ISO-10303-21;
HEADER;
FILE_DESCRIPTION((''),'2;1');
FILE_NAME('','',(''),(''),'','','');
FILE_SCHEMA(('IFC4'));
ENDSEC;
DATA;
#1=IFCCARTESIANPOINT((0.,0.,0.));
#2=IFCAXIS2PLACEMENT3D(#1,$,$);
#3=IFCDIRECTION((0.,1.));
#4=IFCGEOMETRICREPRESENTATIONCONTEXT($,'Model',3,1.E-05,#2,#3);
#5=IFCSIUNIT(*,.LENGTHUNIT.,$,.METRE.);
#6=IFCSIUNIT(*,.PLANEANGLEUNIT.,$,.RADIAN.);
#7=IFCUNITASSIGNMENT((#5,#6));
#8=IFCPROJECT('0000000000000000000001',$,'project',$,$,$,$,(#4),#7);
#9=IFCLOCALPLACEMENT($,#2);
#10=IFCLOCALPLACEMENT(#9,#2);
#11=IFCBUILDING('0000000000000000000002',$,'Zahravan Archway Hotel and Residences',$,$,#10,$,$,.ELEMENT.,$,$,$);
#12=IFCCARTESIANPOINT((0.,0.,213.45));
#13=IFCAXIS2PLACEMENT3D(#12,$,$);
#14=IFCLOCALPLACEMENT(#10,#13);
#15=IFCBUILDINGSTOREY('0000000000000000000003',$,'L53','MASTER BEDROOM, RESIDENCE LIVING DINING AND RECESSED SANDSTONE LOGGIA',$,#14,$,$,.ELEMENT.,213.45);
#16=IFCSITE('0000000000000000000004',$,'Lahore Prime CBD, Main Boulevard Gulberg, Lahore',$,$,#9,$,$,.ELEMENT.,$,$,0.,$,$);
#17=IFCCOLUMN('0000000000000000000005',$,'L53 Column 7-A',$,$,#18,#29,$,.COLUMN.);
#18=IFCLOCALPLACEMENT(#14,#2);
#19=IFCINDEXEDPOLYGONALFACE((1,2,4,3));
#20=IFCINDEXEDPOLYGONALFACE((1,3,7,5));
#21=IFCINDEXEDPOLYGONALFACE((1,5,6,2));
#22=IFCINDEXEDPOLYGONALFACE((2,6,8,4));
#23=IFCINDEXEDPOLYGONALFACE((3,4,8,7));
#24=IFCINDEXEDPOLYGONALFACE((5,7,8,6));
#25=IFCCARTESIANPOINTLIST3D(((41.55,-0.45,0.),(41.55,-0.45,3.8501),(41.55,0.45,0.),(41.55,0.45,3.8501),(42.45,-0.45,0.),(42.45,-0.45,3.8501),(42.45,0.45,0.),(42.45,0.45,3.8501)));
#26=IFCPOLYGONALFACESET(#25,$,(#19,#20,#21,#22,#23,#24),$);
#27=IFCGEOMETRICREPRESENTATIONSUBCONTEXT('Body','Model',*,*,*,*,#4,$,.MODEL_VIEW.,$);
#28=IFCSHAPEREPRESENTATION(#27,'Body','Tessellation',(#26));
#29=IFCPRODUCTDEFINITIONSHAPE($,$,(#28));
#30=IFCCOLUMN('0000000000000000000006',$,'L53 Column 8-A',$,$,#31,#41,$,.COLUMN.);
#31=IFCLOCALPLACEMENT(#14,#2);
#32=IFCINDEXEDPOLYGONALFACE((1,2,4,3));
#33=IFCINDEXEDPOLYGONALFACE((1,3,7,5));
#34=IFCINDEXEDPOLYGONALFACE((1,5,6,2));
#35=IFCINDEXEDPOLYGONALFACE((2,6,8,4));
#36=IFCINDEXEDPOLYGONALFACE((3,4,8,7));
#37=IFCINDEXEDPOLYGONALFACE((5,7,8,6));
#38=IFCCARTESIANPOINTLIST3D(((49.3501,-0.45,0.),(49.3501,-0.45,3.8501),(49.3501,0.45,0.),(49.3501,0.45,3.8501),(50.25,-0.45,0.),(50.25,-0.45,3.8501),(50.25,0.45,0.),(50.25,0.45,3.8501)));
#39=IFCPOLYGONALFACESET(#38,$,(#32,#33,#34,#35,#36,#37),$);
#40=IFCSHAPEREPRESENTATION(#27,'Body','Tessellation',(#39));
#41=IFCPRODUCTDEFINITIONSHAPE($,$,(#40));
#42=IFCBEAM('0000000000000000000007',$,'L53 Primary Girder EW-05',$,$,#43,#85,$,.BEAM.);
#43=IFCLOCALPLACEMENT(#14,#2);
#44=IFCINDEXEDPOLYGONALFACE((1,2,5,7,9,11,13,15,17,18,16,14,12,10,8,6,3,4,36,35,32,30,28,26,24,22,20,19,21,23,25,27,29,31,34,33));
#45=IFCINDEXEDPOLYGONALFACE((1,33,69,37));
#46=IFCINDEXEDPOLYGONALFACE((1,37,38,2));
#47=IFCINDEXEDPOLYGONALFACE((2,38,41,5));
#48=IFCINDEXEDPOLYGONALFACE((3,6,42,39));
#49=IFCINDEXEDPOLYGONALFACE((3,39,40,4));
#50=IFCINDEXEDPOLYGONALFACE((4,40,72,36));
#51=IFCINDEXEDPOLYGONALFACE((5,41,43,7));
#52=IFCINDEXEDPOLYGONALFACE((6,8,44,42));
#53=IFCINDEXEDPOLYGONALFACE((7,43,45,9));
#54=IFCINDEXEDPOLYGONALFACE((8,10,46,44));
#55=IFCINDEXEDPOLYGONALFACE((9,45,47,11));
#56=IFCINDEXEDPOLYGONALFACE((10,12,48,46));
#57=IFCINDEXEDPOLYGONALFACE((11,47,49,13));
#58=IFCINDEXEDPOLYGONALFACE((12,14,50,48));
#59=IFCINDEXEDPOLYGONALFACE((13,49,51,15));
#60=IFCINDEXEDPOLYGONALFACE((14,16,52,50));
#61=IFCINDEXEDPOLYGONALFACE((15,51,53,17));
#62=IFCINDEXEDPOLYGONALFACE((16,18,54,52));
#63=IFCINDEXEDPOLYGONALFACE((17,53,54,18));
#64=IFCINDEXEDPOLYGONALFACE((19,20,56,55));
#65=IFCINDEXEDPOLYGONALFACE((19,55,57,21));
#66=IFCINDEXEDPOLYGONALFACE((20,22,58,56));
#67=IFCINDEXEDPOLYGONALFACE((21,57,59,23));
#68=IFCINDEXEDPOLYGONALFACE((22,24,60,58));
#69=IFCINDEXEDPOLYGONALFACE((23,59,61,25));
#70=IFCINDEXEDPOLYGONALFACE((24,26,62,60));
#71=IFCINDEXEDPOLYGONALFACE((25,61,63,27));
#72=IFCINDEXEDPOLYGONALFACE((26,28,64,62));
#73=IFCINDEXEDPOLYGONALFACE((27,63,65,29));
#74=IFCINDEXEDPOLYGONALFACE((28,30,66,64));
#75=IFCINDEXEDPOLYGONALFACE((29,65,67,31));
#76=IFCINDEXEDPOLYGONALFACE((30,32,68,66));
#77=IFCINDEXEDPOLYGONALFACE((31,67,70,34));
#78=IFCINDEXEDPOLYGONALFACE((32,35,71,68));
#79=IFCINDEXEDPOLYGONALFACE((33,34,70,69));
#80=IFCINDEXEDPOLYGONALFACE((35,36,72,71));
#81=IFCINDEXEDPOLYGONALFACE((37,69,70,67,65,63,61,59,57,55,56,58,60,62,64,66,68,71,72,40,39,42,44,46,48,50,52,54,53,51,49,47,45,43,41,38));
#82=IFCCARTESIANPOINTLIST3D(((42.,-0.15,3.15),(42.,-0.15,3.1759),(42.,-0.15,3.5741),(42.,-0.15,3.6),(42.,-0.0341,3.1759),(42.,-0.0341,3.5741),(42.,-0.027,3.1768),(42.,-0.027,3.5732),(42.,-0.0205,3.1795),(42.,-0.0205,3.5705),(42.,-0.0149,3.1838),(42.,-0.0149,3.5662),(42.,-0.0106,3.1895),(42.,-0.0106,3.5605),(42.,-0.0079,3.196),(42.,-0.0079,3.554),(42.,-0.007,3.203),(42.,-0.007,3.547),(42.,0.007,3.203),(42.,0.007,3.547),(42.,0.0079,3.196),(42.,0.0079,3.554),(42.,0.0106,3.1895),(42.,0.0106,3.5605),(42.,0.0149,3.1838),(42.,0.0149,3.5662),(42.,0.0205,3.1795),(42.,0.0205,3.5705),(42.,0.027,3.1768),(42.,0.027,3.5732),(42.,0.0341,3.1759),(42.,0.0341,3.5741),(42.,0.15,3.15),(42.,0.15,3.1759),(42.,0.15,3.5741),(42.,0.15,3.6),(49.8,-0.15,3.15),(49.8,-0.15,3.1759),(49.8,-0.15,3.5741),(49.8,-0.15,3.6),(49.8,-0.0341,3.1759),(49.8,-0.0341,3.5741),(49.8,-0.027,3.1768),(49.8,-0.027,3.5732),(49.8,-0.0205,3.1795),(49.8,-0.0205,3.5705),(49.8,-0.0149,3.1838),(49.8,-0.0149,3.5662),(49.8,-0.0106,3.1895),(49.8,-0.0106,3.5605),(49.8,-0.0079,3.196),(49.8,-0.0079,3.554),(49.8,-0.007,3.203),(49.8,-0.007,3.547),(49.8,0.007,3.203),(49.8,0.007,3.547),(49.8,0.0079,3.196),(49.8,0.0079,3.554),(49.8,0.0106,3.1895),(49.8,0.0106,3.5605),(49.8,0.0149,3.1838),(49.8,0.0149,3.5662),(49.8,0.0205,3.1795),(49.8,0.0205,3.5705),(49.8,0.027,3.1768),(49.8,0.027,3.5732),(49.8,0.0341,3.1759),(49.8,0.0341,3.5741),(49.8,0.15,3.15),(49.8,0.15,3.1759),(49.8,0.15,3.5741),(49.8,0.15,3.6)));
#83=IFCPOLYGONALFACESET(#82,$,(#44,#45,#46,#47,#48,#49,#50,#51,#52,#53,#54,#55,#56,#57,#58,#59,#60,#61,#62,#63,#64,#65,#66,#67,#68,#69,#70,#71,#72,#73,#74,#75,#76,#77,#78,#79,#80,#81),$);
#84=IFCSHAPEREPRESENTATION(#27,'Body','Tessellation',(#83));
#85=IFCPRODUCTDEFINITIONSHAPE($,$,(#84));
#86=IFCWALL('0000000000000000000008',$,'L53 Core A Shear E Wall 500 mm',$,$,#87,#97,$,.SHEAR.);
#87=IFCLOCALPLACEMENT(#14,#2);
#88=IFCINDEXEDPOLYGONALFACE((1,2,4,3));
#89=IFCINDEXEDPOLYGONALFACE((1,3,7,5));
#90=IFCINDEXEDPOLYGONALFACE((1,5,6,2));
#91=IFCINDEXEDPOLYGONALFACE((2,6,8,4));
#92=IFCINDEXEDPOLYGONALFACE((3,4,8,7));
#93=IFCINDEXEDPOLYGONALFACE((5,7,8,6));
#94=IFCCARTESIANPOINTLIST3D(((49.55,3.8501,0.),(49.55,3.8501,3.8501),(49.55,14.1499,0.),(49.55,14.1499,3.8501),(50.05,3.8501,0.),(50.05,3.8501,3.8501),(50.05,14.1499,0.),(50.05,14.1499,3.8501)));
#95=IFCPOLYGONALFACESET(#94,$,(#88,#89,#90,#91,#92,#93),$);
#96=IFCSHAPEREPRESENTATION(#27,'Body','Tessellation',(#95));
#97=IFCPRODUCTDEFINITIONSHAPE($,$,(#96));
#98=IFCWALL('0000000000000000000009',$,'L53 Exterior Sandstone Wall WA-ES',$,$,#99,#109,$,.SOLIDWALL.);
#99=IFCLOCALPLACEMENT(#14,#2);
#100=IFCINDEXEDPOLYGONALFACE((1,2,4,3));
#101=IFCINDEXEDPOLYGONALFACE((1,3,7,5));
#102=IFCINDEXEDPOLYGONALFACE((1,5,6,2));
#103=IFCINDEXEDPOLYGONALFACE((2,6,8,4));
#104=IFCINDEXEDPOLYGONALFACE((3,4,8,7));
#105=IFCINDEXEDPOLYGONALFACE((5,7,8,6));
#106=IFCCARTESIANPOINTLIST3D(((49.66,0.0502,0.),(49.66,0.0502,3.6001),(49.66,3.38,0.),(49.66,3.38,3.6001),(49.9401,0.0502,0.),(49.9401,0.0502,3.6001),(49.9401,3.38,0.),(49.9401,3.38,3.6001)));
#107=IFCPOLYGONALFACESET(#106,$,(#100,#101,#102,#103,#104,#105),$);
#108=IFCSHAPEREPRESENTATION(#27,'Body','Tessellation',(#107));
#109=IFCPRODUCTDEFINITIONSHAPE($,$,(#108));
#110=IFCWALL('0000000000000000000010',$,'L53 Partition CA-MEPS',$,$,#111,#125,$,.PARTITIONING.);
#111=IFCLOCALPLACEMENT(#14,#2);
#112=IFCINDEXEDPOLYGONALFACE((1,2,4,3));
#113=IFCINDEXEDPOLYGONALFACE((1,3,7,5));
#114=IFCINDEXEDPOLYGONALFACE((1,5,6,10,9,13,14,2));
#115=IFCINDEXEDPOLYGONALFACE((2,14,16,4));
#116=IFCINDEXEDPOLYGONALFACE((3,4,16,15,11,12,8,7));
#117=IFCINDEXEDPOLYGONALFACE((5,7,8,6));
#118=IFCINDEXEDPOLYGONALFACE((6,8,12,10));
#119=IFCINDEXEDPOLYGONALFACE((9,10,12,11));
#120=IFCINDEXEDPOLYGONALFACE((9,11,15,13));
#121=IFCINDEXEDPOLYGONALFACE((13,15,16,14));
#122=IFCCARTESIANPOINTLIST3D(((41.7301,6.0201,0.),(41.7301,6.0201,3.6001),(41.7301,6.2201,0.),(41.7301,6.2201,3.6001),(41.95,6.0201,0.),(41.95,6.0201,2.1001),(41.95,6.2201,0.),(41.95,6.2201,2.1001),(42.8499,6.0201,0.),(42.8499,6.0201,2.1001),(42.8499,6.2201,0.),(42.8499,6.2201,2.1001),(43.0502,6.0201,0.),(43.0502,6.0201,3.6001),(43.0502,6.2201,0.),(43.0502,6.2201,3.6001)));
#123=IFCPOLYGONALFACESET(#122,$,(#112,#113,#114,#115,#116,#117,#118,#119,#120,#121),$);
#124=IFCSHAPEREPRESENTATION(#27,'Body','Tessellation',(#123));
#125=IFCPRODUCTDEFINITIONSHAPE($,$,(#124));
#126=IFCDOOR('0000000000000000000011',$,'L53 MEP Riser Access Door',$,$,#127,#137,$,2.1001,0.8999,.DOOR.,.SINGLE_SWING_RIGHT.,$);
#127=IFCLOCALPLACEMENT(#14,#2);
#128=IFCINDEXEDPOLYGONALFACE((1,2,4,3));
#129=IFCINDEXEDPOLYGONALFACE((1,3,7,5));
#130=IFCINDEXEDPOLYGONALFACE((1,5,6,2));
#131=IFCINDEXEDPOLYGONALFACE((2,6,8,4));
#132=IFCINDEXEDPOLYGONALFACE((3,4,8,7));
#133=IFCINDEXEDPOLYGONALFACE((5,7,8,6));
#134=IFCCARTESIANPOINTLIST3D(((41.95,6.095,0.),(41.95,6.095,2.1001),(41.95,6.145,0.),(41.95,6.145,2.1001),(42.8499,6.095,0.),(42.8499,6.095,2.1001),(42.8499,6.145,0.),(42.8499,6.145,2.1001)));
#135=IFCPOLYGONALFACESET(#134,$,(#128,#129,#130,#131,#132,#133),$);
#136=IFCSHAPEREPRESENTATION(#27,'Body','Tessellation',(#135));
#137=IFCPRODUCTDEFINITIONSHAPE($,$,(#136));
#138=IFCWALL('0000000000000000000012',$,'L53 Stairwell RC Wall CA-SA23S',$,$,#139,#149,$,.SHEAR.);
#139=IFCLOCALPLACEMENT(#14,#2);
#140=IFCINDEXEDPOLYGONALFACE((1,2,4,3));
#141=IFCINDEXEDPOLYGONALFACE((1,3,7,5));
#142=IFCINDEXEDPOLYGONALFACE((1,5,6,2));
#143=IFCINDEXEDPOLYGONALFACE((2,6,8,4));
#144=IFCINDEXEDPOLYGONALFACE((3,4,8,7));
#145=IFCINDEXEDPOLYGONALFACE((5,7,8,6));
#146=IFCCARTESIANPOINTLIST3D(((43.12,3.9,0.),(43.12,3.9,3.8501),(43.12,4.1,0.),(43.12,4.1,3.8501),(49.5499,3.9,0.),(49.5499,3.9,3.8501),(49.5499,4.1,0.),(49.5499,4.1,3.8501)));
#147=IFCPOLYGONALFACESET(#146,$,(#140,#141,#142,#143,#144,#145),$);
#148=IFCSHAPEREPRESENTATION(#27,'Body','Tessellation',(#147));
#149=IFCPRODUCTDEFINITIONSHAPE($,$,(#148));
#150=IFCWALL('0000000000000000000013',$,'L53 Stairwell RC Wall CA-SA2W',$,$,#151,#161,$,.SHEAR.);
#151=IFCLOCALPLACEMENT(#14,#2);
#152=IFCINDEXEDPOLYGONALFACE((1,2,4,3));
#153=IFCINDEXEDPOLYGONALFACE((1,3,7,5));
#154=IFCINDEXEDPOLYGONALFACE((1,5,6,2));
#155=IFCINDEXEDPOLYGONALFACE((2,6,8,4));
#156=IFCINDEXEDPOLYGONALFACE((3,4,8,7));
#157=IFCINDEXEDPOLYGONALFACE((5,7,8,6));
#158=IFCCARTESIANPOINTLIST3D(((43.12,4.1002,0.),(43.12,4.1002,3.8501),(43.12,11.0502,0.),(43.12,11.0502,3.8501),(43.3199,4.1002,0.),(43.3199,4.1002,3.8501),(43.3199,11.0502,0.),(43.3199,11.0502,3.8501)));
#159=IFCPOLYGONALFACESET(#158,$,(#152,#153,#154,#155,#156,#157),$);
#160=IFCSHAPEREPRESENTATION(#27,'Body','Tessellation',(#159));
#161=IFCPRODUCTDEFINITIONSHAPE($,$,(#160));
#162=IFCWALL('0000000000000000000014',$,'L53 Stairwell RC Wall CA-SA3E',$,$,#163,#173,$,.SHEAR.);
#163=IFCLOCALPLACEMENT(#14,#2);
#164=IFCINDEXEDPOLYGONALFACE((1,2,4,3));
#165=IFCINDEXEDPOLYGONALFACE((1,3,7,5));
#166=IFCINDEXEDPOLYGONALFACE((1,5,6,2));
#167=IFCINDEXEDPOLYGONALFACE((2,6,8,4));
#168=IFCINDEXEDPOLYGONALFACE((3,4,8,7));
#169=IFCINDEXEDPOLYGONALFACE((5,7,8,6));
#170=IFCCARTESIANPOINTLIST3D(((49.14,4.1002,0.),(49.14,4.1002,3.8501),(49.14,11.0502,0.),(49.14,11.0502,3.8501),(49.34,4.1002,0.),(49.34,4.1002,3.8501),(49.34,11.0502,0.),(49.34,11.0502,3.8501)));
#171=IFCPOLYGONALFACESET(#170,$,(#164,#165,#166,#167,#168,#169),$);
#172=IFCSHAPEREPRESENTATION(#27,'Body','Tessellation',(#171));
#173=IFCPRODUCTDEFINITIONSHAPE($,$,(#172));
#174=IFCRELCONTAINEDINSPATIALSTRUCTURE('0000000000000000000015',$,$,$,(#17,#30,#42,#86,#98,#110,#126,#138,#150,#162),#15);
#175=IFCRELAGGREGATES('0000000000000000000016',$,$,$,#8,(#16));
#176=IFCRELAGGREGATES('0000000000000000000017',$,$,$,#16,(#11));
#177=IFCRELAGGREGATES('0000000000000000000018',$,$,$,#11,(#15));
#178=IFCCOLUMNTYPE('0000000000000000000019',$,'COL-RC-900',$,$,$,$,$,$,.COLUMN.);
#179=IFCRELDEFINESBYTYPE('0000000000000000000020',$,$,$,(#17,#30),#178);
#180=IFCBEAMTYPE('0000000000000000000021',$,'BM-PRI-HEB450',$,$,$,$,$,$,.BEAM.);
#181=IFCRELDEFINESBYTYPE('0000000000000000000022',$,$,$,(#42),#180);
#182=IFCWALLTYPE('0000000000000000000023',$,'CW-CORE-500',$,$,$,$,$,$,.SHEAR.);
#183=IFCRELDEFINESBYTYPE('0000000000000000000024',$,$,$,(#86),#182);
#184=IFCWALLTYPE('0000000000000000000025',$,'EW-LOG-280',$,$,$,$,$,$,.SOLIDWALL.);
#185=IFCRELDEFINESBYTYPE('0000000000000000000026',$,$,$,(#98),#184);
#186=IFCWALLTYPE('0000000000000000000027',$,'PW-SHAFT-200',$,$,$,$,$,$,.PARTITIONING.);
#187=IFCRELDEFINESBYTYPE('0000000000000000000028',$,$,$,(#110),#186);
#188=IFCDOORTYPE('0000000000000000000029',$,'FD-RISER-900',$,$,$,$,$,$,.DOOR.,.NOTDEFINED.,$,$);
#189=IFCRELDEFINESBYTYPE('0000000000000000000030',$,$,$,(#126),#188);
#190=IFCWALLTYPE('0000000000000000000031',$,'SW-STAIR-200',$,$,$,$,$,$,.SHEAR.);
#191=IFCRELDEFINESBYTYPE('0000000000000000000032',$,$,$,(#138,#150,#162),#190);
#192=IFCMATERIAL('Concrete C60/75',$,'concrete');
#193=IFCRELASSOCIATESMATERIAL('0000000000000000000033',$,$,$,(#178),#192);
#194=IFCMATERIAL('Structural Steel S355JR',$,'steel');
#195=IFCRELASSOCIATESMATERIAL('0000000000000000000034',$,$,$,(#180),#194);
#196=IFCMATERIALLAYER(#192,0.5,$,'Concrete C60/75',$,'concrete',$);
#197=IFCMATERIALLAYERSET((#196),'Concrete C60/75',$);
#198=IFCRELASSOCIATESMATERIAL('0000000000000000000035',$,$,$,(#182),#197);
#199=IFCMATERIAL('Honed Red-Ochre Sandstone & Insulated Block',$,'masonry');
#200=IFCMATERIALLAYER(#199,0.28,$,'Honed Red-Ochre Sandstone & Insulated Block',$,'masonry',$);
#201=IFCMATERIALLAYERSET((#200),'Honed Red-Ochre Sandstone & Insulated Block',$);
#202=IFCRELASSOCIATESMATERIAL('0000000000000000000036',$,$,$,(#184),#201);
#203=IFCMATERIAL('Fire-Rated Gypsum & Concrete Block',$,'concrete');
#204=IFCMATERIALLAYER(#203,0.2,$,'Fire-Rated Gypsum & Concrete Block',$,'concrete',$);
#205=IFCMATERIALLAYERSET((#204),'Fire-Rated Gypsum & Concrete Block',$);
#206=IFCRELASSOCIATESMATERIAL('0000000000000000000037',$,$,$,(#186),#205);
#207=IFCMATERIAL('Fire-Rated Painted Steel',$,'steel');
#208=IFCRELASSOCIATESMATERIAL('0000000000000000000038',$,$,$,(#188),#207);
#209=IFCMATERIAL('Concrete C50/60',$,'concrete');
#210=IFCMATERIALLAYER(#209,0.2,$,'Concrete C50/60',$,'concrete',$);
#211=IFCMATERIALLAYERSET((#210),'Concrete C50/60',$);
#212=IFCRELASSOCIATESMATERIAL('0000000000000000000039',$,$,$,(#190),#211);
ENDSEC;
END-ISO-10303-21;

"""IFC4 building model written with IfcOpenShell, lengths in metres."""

from ifc_helpers import new_model, si_unit, direction, frame, frame_2d, origin, origin_2d, place, context, subcontext, project, spatial, rectangle, i_section, extrude, source, transform, mapped, material, layer, layer_set, material_profile, profile_set, type_object, type_shapes, element, fill, save


model = new_model("IFC4")

# Units and contexts
model_context = context("Model", 3, precision=1e-05, world=origin(), true_north=direction((0.0, 1.0)))
body_context = subcontext(model_context, "Body", "Model", "MODEL_VIEW")
ifc_project = project(units=[si_unit("LENGTHUNIT", "METRE"), si_unit("PLANEANGLEUNIT", "RADIAN")], contexts=[model_context])

# Site, building, storey
site_placement = place(None, origin())
site = spatial("IfcSite", under=ifc_project, at=site_placement, Name="Lahore Prime CBD, Main Boulevard Gulberg, Lahore", CompositionType="ELEMENT", RefElevation=0.0)
building_placement = place(site_placement, origin())
building = spatial("IfcBuilding", under=site, at=building_placement, Name="Zahravan Archway Hotel and Residences", CompositionType="ELEMENT")
storey_placement = place(building_placement, frame((0.0, 0.0, 213.45)))
storey = spatial("IfcBuildingStorey", under=building, at=storey_placement, Name="L53", Description="MASTER BEDROOM, RESIDENCE LIVING DINING AND RECESSED SANDSTONE LOGGIA", CompositionType="ELEMENT", Elevation=213.45)

# Columns
ifc_material_1 = material(Name="Concrete C60/75", Category="concrete")
ifc_material_profile_1 = material_profile(ifc_material_1, rectangle(XDim=0.8999, YDim=0.8999, at=origin_2d()), Name="RC-COL-900x900", Category="concrete")
ifc_profile_set_1 = profile_set([ifc_material_profile_1], Name="Concrete C60/75")
column_type = type_object("IfcColumnType", Name="COL-RC-900", PredefinedType="COLUMN", material=ifc_profile_set_1)
shared_shape_1 = source(origin(), body_context, "Body", "SweptSolid", [
    extrude(rectangle(XDim=0.8999, YDim=0.8999, at=origin_2d()), origin(), (0.0, 0.0, 1.0), 3.8501),
])
type_shapes(column_type, [shared_shape_1])
for number, where, z_axis, x_axis, name in (
    (1, (42.0, 0.0, 0.0), (0.0, 0.0, 1.0), (1.0, 0.0, 0.0), "L53 Column 7-A"),
    (2, (49.8, 0.0, 0.0), (0.0, 0.0, 1.0), (1.0, 0.0, 0.0), "L53 Column 8-A"),
):
    element("IfcColumn", number, at=place(storey_placement, frame(where, z_axis=z_axis, x_axis=x_axis)), inside=storey, type_object=column_type, Name=name, PredefinedType="COLUMN", context=body_context, shape_type="MappedRepresentation", body=[
        mapped(shared_shape_1, transform((0.0, 0.0, 0.0), scale=1.0)),
    ])

# Beam
ifc_material_2 = material(Name="Structural Steel S355JR", Category="steel")
ifc_material_profile_2 = material_profile(ifc_material_2, i_section(OverallWidth=0.3, OverallDepth=0.45, WebThickness=0.0139, FlangeThickness=0.0259, FilletRadius=0.0271, at=origin_2d()), Name="HEB 450", Category="steel")
ifc_profile_set_2 = profile_set([ifc_material_profile_2], Name="Structural Steel S355JR")
beam_type = type_object("IfcBeamType", Name="BM-PRI-HEB450", PredefinedType="BEAM", material=ifc_profile_set_2)
shared_shape_2 = source(origin(), body_context, "Body", "SweptSolid", [
    extrude(i_section(OverallWidth=0.3, OverallDepth=0.45, WebThickness=0.0139, FlangeThickness=0.0259, FilletRadius=0.0271, at=origin_2d()), origin(), (0.0, 0.0, 1.0), 7.8),
])
beam_placement = place(storey_placement, frame((42.0, 0.0, 3.375), z_axis=(1.0, 0.0, 0.0), x_axis=(0.0, 1.0, 0.0)))
element("IfcBeam", 3, at=beam_placement, inside=storey, type_object=beam_type, Name="L53 Primary Girder EW-05", PredefinedType="BEAM", context=body_context, shape_type="MappedRepresentation", body=[
    mapped(shared_shape_2, transform((0.0, 0.0, 0.0), scale=1.0)),
])

# Walls
ifc_layer_1 = layer(ifc_material_1, 0.5, Name="Concrete C60/75", Category="concrete")
ifc_layer_set_1 = layer_set([ifc_layer_1], Name="Concrete C60/75")
wall_type_1 = type_object("IfcWallType", Name="CW-CORE-500", PredefinedType="SHEAR", material=ifc_layer_set_1)
wall_1_placement = place(storey_placement, frame((49.8, 3.8501, 0.0), z_axis=(0.0, 0.0, 1.0), x_axis=(0.0, 1.0, 0.0)))
element("IfcWall", 4, at=wall_1_placement, inside=storey, type_object=wall_type_1, Name="L53 Core A Shear E Wall 500 mm", PredefinedType="SHEAR", context=body_context, shape_type="SweptSolid", body=[
    extrude(rectangle(XDim=10.2998, YDim=0.5, at=frame_2d((5.1499, 0.0))), origin(), (0.0, 0.0, 1.0), 3.8501),
])
ifc_material_3 = material(Name="Honed Red-Ochre Sandstone & Insulated Block", Category="masonry")
ifc_layer_2 = layer(ifc_material_3, 0.28, Name="Honed Red-Ochre Sandstone & Insulated Block", Category="masonry")
ifc_layer_set_2 = layer_set([ifc_layer_2], Name="Honed Red-Ochre Sandstone & Insulated Block")
wall_type_2 = type_object("IfcWallType", Name="EW-LOG-280", PredefinedType="SOLIDWALL", material=ifc_layer_set_2)
wall_2_placement = place(storey_placement, frame((49.8, 0.05, 0.0), z_axis=(0.0, 0.0, 1.0), x_axis=(0.0, 1.0, 0.0)))
element("IfcWall", 5, at=wall_2_placement, inside=storey, type_object=wall_type_2, Name="L53 Exterior Sandstone Wall WA-ES", PredefinedType="SOLIDWALL", context=body_context, shape_type="SweptSolid", body=[
    extrude(rectangle(XDim=3.3298, YDim=0.28, at=frame_2d((1.665, 0.0))), origin(), (0.0, 0.0, 1.0), 3.6001),
])

# Wall, opening, door
ifc_material_4 = material(Name="Fire-Rated Gypsum & Concrete Block", Category="concrete")
ifc_layer_3 = layer(ifc_material_4, 0.2, Name="Fire-Rated Gypsum & Concrete Block", Category="concrete")
ifc_layer_set_3 = layer_set([ifc_layer_3], Name="Fire-Rated Gypsum & Concrete Block")
wall_type_3 = type_object("IfcWallType", Name="PW-SHAFT-200", PredefinedType="PARTITIONING", material=ifc_layer_set_3)
wall_3_placement = place(storey_placement, frame((41.73, 6.1201, 0.0), z_axis=(0.0, 0.0, 1.0), x_axis=(1.0, 0.0, 0.0)))
wall_3 = element("IfcWall", 6, at=wall_3_placement, inside=storey, type_object=wall_type_3, Name="L53 Partition CA-MEPS", PredefinedType="PARTITIONING", context=body_context, shape_type="SweptSolid", body=[
    extrude(rectangle(XDim=1.3201, YDim=0.2, at=frame_2d((0.6602, 0.0))), origin(), (0.0, 0.0, 1.0), 3.6001),
])
opening_placement = place(wall_3_placement, frame((0.22, 0.0, 0.0)))
opening = element("IfcOpeningElement", 7, at=opening_placement, cuts=wall_3, PredefinedType="OPENING", context=body_context, shape_type="SweptSolid", body=[
    extrude(rectangle(XDim=0.8999, YDim=2.1001, at=frame_2d((0.45, 1.05))), frame((0.0, 0.1099, 0.0), z_axis=(0.0, -1.0, 0.0), x_axis=(1.0, 0.0, 0.0)), (0.0, 0.0, 1.0), 0.22),
])
ifc_material_5 = material(Name="Fire-Rated Painted Steel", Category="steel")
door_type = type_object("IfcDoorType", Name="FD-RISER-900", OperationType="NOTDEFINED", PredefinedType="DOOR", material=ifc_material_5)
shared_shape_3 = source(origin(), body_context, "Body", "SweptSolid", [
    extrude(rectangle(XDim=0.8999, YDim=2.1001, at=frame_2d((0.45, 1.05))), frame((0.0, 0.0249, 0.0), z_axis=(0.0, -1.0, 0.0), x_axis=(1.0, 0.0, 0.0)), (0.0, 0.0, 1.0), 0.05),
])
type_shapes(door_type, [shared_shape_3])
door_placement = place(opening_placement, origin())
door = element("IfcDoor", 8, at=door_placement, inside=storey, type_object=door_type, Name="L53 MEP Riser Access Door", OperationType="SINGLE_SWING_RIGHT", OverallHeight=2.1001, OverallWidth=0.8999, PredefinedType="DOOR", context=body_context, shape_type="MappedRepresentation", body=[
    mapped(shared_shape_3, transform((0.0, 0.0, 0.0), scale=1.0)),
])
fill(opening, door)

# Walls
ifc_material_6 = material(Name="Concrete C50/60", Category="concrete")
ifc_layer_4 = layer(ifc_material_6, 0.2, Name="Concrete C50/60", Category="concrete")
ifc_layer_set_4 = layer_set([ifc_layer_4], Name="Concrete C50/60")
wall_type_4 = type_object("IfcWallType", Name="SW-STAIR-200", PredefinedType="SHEAR", material=ifc_layer_set_4)
wall_4_placement = place(storey_placement, frame((43.1201, 4.0, 0.0), z_axis=(0.0, 0.0, 1.0), x_axis=(1.0, 0.0, 0.0)))
element("IfcWall", 9, at=wall_4_placement, inside=storey, type_object=wall_type_4, Name="L53 Stairwell RC Wall CA-SA23S", PredefinedType="SHEAR", context=body_context, shape_type="SweptSolid", body=[
    extrude(rectangle(XDim=6.4299, YDim=0.2, at=frame_2d((3.2148, 0.0))), origin(), (0.0, 0.0, 1.0), 3.8501),
])
for number, where, z_axis, x_axis, name in (
    (10, (43.22, 4.1001, 0.0), (0.0, 0.0, 1.0), (0.0, 1.0, 0.0), "L53 Stairwell RC Wall CA-SA2W"),
    (11, (49.24, 4.1001, 0.0), (0.0, 0.0, 1.0), (0.0, 1.0, 0.0), "L53 Stairwell RC Wall CA-SA3E"),
):
    element("IfcWall", number, at=place(storey_placement, frame(where, z_axis=z_axis, x_axis=x_axis)), inside=storey, type_object=wall_type_4, Name=name, PredefinedType="SHEAR", context=body_context, shape_type="SweptSolid", body=[
        extrude(rectangle(XDim=6.95, YDim=0.2, at=frame_2d((3.4751, 0.0))), origin(), (0.0, 0.0, 1.0), 3.8501),
    ])

save(model, "model.ifc")
